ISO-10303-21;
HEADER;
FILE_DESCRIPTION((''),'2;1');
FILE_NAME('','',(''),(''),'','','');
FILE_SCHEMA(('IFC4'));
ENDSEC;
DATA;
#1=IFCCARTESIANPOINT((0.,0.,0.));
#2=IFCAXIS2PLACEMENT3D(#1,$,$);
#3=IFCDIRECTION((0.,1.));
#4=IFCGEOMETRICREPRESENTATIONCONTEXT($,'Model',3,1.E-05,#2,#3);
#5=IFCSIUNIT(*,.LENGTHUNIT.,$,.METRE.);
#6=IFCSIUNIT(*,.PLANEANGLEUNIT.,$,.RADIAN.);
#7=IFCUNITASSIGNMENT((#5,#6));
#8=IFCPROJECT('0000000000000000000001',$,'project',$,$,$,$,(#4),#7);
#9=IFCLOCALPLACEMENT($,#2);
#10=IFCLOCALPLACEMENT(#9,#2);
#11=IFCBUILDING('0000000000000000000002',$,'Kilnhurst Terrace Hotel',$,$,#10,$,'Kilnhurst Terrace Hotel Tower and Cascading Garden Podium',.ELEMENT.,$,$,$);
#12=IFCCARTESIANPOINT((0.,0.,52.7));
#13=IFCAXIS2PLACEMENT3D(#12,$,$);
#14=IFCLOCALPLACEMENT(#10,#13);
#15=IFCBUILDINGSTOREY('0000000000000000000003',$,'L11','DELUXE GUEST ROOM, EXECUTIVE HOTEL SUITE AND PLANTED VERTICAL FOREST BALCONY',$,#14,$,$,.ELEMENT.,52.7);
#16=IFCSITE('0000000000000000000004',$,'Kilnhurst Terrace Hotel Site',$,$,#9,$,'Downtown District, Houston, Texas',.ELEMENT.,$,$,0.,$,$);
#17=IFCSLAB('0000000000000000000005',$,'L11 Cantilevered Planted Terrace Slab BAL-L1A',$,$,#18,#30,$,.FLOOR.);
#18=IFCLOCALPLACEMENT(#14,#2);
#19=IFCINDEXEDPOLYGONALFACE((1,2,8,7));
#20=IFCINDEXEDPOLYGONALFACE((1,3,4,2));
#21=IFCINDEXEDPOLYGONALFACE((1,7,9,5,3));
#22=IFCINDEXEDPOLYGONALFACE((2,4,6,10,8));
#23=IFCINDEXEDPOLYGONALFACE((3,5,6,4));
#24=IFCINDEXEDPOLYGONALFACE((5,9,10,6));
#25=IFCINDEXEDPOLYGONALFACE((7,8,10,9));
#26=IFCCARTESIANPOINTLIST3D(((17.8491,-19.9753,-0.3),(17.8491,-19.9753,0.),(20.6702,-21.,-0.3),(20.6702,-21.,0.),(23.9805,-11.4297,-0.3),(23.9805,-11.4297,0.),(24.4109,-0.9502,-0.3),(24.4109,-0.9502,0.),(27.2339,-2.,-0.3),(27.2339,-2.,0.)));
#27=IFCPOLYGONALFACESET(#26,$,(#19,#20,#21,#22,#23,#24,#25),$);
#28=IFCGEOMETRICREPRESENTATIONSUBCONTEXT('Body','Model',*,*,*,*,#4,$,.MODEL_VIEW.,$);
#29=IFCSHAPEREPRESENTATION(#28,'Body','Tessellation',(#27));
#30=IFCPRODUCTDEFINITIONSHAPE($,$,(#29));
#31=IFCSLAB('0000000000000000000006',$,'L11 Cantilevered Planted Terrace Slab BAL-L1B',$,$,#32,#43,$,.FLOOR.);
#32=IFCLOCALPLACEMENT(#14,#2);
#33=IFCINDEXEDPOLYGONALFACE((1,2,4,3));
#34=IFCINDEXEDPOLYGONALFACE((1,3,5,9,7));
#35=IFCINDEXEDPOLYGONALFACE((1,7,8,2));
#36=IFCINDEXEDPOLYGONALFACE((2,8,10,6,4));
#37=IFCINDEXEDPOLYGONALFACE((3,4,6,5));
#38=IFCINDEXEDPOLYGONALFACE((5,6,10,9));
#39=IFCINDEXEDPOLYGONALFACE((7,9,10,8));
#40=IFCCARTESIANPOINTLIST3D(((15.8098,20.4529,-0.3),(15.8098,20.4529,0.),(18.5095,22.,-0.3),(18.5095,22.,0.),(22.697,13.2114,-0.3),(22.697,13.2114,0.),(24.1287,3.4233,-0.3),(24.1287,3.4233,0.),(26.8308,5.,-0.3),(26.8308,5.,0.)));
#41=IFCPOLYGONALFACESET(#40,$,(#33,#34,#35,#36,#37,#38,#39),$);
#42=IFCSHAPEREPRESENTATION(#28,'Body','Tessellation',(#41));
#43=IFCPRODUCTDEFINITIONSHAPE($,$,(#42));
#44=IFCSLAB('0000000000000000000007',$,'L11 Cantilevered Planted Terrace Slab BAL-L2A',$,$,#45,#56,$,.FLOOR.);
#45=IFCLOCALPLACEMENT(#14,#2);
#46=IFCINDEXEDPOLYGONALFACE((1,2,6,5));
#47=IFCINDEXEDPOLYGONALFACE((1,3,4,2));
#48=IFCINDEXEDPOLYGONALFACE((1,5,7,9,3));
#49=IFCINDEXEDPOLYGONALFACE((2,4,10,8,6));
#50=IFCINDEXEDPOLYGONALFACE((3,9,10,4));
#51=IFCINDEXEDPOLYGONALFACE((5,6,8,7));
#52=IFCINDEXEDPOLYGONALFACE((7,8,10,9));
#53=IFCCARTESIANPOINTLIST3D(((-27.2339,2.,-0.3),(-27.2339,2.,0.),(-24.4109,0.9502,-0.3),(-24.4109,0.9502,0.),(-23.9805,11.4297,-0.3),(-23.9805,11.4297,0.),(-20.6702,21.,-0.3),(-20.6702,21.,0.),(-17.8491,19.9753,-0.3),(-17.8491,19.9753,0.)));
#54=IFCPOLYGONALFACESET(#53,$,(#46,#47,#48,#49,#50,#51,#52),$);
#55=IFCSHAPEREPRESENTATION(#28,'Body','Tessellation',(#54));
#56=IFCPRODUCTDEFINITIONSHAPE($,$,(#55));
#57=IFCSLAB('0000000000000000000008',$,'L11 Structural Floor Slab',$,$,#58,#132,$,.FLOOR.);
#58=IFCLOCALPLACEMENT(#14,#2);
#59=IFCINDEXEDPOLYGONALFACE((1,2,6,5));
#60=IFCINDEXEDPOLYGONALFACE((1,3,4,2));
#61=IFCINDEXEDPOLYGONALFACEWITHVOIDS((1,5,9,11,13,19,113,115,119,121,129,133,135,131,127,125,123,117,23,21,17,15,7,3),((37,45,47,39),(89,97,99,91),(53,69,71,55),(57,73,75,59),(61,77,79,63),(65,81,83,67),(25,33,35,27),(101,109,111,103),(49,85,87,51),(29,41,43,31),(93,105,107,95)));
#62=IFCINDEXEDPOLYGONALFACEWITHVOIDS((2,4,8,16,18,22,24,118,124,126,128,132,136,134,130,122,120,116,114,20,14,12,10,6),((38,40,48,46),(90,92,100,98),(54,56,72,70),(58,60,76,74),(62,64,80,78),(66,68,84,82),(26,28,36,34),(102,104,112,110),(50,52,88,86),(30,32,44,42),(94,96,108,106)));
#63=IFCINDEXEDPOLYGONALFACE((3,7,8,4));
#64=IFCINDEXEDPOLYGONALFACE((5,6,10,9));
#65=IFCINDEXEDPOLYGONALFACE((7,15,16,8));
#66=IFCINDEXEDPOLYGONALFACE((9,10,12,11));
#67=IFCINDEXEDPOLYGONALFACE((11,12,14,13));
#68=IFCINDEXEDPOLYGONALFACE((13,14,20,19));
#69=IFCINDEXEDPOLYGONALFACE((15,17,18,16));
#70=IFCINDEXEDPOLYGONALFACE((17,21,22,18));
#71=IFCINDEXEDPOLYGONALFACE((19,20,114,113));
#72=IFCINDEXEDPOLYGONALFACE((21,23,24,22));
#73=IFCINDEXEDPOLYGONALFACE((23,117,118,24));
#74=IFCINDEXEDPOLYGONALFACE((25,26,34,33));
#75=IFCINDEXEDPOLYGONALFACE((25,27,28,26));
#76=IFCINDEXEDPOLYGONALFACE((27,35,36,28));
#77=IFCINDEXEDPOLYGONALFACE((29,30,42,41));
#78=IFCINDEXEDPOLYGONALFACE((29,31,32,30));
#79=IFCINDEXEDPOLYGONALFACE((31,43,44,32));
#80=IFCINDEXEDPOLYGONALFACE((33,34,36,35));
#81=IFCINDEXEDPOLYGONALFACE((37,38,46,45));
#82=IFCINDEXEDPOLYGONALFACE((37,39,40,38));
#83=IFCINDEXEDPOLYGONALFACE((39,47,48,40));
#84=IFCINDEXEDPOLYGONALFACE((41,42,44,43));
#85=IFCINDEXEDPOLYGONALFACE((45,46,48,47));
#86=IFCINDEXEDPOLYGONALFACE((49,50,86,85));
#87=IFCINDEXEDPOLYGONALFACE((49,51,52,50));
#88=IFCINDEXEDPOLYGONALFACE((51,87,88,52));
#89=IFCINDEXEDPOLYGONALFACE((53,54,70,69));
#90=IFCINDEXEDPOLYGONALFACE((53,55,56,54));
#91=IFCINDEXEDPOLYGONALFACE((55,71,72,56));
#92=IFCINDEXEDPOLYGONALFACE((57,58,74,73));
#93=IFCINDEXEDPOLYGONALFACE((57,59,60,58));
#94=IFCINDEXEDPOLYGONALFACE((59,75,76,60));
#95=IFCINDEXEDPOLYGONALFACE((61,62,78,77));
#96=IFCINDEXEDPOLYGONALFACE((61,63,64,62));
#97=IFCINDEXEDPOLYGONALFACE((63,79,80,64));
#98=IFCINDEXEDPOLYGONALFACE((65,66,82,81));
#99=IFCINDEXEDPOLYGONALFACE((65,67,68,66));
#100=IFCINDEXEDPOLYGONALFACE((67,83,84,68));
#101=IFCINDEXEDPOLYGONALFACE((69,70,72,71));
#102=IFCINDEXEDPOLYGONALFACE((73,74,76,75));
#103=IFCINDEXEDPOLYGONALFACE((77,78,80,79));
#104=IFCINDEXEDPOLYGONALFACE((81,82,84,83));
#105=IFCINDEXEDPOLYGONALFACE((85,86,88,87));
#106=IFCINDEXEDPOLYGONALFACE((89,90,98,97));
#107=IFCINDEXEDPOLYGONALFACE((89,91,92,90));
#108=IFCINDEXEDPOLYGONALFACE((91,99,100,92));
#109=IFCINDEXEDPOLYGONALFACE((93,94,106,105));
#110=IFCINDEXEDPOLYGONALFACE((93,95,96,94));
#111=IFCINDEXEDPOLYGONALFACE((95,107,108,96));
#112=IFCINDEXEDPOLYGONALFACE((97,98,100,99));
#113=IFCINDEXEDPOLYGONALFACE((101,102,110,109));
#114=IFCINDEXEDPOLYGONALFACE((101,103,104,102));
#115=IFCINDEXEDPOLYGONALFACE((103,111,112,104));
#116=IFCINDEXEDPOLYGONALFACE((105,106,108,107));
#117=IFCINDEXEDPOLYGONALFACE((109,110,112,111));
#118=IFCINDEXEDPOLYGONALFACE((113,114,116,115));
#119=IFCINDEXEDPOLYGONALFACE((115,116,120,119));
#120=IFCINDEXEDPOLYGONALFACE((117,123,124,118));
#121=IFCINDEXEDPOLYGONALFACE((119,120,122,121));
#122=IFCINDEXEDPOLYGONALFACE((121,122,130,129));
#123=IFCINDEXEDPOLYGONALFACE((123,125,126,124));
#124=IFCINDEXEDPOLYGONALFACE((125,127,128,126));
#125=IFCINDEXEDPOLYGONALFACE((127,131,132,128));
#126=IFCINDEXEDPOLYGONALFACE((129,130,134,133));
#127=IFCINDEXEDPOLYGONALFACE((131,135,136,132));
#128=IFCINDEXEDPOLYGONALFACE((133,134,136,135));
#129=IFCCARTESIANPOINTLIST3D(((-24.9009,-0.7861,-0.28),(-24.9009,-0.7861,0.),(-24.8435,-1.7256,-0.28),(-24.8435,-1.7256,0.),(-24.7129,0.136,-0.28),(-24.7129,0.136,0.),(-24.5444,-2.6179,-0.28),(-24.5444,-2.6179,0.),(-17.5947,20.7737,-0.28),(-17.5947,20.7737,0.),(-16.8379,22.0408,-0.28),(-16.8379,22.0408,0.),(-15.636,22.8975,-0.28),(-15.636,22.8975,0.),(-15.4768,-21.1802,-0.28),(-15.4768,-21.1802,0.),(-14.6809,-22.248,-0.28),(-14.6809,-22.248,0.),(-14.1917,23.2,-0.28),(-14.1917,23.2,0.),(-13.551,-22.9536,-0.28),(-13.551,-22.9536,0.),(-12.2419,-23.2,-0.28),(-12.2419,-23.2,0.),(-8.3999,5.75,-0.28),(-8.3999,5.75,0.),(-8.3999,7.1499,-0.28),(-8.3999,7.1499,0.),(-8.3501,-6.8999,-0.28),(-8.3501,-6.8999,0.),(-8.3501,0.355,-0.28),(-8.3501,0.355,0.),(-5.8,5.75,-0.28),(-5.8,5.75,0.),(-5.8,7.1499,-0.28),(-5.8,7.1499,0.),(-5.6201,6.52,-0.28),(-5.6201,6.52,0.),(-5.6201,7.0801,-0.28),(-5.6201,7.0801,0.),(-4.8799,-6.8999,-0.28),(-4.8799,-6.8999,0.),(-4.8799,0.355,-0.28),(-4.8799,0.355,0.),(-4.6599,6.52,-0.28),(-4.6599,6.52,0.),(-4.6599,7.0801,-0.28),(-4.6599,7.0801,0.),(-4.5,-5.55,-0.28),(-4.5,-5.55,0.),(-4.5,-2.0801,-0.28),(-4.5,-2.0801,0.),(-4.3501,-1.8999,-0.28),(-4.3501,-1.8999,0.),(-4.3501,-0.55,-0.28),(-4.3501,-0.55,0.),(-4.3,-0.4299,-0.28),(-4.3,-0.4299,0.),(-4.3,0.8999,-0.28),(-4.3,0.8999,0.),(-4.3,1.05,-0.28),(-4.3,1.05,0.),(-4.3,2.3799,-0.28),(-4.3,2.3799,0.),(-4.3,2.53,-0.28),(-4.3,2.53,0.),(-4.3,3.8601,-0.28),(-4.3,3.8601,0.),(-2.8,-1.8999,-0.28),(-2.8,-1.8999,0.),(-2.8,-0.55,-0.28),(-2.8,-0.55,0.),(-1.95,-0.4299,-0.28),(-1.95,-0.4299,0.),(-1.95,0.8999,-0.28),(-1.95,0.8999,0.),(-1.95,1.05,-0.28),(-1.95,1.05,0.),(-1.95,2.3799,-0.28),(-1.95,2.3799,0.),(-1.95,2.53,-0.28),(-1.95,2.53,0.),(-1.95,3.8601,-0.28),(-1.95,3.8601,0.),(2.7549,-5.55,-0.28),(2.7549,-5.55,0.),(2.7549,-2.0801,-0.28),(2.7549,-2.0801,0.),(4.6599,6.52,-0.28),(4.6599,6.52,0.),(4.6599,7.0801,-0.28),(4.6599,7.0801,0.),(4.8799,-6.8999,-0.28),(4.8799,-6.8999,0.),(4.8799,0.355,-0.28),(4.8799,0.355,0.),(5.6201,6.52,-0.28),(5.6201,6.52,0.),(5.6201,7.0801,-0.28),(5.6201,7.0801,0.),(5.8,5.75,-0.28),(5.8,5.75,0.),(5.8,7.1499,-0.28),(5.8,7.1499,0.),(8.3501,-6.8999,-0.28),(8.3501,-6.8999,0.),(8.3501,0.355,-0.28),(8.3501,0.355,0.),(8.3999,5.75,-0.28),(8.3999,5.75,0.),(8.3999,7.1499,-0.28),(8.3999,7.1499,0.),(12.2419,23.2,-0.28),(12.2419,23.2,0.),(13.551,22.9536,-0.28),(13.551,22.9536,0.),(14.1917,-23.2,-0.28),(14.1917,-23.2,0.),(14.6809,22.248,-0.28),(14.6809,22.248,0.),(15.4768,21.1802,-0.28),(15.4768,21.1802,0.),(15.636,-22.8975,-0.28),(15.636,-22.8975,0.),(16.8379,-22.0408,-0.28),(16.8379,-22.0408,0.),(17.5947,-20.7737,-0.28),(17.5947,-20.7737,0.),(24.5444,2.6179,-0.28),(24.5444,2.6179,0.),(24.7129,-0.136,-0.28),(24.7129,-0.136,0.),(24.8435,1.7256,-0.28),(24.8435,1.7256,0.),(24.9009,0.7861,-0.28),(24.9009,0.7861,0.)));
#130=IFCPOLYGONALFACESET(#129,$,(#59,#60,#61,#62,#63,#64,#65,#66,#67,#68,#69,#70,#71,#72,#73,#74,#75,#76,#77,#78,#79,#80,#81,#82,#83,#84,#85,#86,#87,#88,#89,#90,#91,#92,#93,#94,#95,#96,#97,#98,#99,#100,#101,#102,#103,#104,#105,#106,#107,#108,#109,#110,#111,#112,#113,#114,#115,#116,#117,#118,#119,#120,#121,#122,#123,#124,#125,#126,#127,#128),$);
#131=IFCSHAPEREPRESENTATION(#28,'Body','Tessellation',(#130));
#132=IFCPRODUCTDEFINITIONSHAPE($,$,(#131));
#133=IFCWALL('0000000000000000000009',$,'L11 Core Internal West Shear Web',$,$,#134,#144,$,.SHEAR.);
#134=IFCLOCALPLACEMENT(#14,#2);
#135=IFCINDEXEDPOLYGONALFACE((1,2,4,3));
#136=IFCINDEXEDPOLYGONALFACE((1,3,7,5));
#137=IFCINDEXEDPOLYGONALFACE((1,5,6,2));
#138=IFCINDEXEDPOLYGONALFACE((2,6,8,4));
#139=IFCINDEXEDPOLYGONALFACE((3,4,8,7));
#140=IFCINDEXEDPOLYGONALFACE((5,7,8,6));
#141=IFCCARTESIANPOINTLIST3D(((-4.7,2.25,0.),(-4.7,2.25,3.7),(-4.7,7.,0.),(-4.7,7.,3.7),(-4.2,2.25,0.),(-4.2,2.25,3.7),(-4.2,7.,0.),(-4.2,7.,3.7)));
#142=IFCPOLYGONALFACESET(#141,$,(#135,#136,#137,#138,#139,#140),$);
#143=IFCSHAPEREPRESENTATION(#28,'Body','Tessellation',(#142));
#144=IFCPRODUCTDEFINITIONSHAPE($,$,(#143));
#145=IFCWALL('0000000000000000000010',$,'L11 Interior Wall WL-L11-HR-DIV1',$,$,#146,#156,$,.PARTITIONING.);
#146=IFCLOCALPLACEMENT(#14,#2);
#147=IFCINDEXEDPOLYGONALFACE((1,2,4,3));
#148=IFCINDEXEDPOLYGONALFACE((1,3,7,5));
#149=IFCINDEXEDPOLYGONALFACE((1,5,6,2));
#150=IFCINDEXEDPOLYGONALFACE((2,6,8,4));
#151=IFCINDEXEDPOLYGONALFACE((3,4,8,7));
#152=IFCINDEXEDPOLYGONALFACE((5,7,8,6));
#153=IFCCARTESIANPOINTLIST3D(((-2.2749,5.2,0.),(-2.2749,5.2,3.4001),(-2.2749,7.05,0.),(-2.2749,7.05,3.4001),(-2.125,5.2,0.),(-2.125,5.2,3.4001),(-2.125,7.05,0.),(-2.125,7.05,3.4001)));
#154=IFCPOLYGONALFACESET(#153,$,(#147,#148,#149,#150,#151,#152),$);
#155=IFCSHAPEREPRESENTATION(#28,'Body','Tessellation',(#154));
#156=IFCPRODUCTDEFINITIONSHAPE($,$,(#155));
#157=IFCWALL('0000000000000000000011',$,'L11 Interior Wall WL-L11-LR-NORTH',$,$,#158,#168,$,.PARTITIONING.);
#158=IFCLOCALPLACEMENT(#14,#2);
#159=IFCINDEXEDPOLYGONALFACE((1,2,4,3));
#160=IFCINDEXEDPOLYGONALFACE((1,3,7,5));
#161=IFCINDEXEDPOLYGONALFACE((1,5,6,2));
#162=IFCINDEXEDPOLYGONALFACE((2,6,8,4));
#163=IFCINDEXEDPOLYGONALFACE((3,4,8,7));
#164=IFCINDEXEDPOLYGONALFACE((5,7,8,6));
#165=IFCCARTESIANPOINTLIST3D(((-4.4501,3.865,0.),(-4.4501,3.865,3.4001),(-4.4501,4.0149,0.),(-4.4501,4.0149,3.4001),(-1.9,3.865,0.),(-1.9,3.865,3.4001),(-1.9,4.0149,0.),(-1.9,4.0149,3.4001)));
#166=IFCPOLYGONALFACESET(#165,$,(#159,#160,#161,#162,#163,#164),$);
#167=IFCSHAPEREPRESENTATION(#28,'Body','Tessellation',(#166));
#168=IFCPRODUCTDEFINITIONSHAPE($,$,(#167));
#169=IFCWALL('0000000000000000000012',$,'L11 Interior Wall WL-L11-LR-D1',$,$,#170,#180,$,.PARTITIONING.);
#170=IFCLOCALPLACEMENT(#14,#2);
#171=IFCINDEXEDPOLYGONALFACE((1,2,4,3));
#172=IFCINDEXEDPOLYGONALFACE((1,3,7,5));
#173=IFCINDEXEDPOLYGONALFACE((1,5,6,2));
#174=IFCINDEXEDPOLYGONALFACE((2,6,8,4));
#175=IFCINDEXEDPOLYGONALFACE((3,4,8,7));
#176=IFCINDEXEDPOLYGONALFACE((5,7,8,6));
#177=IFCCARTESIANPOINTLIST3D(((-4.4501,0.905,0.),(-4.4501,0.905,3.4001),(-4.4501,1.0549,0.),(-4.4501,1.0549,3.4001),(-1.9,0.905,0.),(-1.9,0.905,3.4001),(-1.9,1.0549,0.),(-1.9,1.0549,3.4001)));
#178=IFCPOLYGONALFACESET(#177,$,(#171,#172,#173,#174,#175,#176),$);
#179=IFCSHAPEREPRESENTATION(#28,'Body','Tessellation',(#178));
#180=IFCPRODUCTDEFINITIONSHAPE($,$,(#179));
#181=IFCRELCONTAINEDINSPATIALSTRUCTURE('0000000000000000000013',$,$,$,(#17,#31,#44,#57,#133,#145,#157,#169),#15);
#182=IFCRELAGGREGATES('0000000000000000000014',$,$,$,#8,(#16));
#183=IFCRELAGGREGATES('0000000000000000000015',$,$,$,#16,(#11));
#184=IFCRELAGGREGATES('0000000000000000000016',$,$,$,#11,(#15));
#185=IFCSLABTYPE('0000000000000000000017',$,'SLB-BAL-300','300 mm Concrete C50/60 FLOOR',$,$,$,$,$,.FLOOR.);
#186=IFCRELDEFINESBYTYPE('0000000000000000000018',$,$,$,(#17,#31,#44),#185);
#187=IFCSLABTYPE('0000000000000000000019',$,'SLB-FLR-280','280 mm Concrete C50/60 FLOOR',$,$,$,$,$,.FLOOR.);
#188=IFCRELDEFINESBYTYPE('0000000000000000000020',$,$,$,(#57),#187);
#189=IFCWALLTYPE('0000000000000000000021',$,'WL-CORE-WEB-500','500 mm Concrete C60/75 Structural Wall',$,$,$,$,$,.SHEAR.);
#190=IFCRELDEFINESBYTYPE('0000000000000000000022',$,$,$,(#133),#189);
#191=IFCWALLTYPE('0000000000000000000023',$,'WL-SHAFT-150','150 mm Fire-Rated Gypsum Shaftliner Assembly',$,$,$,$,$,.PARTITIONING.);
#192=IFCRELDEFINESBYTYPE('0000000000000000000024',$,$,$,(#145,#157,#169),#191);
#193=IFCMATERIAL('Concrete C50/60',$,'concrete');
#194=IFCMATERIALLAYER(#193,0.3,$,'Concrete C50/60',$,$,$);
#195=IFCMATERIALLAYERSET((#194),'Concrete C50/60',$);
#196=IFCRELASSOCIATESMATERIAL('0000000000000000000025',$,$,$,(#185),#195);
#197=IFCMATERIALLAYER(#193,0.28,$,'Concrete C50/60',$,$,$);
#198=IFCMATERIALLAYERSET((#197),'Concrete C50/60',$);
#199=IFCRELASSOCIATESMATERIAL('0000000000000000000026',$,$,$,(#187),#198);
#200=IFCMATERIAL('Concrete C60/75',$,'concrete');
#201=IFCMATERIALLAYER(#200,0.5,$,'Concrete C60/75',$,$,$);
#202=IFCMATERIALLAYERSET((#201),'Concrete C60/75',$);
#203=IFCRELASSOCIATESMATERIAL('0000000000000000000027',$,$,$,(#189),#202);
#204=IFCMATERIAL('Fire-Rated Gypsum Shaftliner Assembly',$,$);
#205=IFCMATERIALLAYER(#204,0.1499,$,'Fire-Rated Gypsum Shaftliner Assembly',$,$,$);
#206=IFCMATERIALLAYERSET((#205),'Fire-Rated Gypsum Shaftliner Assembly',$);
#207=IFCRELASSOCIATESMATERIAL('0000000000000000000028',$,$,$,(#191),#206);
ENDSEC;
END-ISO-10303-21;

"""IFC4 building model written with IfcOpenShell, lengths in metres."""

from ifc_helpers import new_model, si_unit, direction, frame, frame_2d, origin, place, context, subcontext, project, spatial, polyline, rectangle, outline, extrude, material, layer, layer_set, type_object, element, save


model = new_model("IFC4")

# Units and contexts
model_context = context("Model", 3, precision=1e-05, world=origin(), true_north=direction((0.0, 1.0)))
body_context = subcontext(model_context, "Body", "Model", "MODEL_VIEW")
ifc_project = project(units=[si_unit("LENGTHUNIT", "METRE"), si_unit("PLANEANGLEUNIT", "RADIAN")], contexts=[model_context])

# Site, building, storey
site_placement = place(None, origin())
site = spatial("IfcSite", under=ifc_project, at=site_placement, Name="Kilnhurst Terrace Hotel Site", LongName="Downtown District, Houston, Texas", CompositionType="ELEMENT", RefElevation=0.0)
building_placement = place(site_placement, origin())
building = spatial("IfcBuilding", under=site, at=building_placement, Name="Kilnhurst Terrace Hotel", LongName="Kilnhurst Terrace Hotel Tower and Cascading Garden Podium", CompositionType="ELEMENT")
storey_placement = place(building_placement, frame((0.0, 0.0, 52.7)))
storey = spatial("IfcBuildingStorey", under=building, at=storey_placement, Name="L11", Description="DELUXE GUEST ROOM, EXECUTIVE HOTEL SUITE AND PLANTED VERTICAL FOREST BALCONY", CompositionType="ELEMENT", Elevation=52.7)

# Slabs
ifc_material_1 = material(Name="Concrete C50/60", Category="concrete")
ifc_layer_1 = layer(ifc_material_1, 0.3, Name="Concrete C50/60")
ifc_layer_set_1 = layer_set([ifc_layer_1], Name="Concrete C50/60")
slab_type_1 = type_object("IfcSlabType", Name="SLB-BAL-300", Description="300 mm Concrete C50/60 FLOOR", PredefinedType="FLOOR", material=ifc_layer_set_1)
slab_1_placement = place(storey_placement, frame((0.0, 0.0, -0.3)))
element("IfcSlab", 1, at=slab_1_placement, inside=storey, type_object=slab_type_1, Name="L11 Cantilevered Planted Terrace Slab BAL-L1A", PredefinedType="FLOOR", context=body_context, shape_type="SweptSolid", body=[
    extrude(outline(polyline([(23.9805, -11.4297), (20.6702, -21.0), (17.8491, -19.9753), (24.4109, -0.9502), (27.2339, -2.0), (23.9805, -11.4297)])), origin(), (0.0, 0.0, 1.0), 0.3),
])
slab_2_placement = place(storey_placement, frame((0.0, 0.0, -0.3)))
element("IfcSlab", 2, at=slab_2_placement, inside=storey, type_object=slab_type_1, Name="L11 Cantilevered Planted Terrace Slab BAL-L1B", PredefinedType="FLOOR", context=body_context, shape_type="SweptSolid", body=[
    extrude(outline(polyline([(26.8308, 5.0), (24.1287, 3.4233), (15.8098, 20.4529), (18.5095, 22.0), (22.697, 13.2114), (26.8308, 5.0)])), origin(), (0.0, 0.0, 1.0), 0.3),
])
slab_3_placement = place(storey_placement, frame((0.0, 0.0, -0.3)))
element("IfcSlab", 3, at=slab_3_placement, inside=storey, type_object=slab_type_1, Name="L11 Cantilevered Planted Terrace Slab BAL-L2A", PredefinedType="FLOOR", context=body_context, shape_type="SweptSolid", body=[
    extrude(outline(polyline([(-20.6702, 21.0), (-17.8491, 19.9753), (-24.4109, 0.9502), (-27.2339, 2.0), (-23.9805, 11.4297), (-20.6702, 21.0)])), origin(), (0.0, 0.0, 1.0), 0.3),
])
ifc_layer_2 = layer(ifc_material_1, 0.28, Name="Concrete C50/60")
ifc_layer_set_2 = layer_set([ifc_layer_2], Name="Concrete C50/60")
slab_type_2 = type_object("IfcSlabType", Name="SLB-FLR-280", Description="280 mm Concrete C50/60 FLOOR", PredefinedType="FLOOR", material=ifc_layer_set_2)
slab_4_placement = place(storey_placement, frame((0.0, 0.0, -0.28)))
element("IfcSlab", 4, at=slab_4_placement, inside=storey, type_object=slab_type_2, Name="L11 Structural Floor Slab", PredefinedType="FLOOR", context=body_context, shape_type="SweptSolid", body=[
    extrude(outline(polyline([(-15.4768, -21.1802), (-14.6809, -22.248), (-13.551, -22.9536), (-12.2419, -23.2), (14.1917, -23.2), (15.636, -22.8975), (16.8379, -22.0408), (17.5947, -20.7737), (24.7129, -0.136), (24.9009, 0.7861), (24.8435, 1.7256), (24.5444, 2.6179), (15.4768, 21.1802), (14.6809, 22.248), (13.551, 22.9536), (12.2419, 23.2), (-14.1917, 23.2), (-15.636, 22.8975), (-16.8379, 22.0408), (-17.5947, 20.7737), (-24.7129, 0.136), (-24.9009, -0.7861), (-24.8435, -1.7256), (-24.5444, -2.6179), (-15.4768, -21.1802)]), holes=[polyline([(-8.3501, 0.355), (-4.8799, 0.355), (-4.8799, -6.8999), (-8.3501, -6.8999), (-8.3501, 0.355)]), polyline([(-2.8, -1.8999), (-4.3501, -1.8999), (-4.3501, -0.55), (-2.8, -0.55), (-2.8, -1.8999)]), polyline([(-1.95, -0.4299), (-4.3, -0.4299), (-4.3, 0.8999), (-1.95, 0.8999), (-1.95, -0.4299)]), polyline([(-4.3, 1.05), (-4.3, 2.3799), (-1.95, 2.3799), (-1.95, 1.05), (-4.3, 1.05)]), polyline([(-8.3999, 5.75), (-8.3999, 7.1499), (-5.8, 7.1499), (-5.8, 5.75), (-8.3999, 5.75)]), polyline([(-4.6599, 6.52), (-5.6201, 6.52), (-5.6201, 7.0801), (-4.6599, 7.0801), (-4.6599, 6.52)]), polyline([(2.7549, -5.55), (-4.5, -5.55), (-4.5, -2.0801), (2.7549, -2.0801), (2.7549, -5.55)]), polyline([(8.3501, 0.355), (8.3501, -6.8999), (4.8799, -6.8999), (4.8799, 0.355), (8.3501, 0.355)]), polyline([(-1.95, 2.53), (-4.3, 2.53), (-4.3, 3.8601), (-1.95, 3.8601), (-1.95, 2.53)]), polyline([(5.8, 5.75), (5.8, 7.1499), (8.3999, 7.1499), (8.3999, 5.75), (5.8, 5.75)]), polyline([(4.6599, 6.52), (4.6599, 7.0801), (5.6201, 7.0801), (5.6201, 6.52), (4.6599, 6.52)])]), origin(), (0.0, 0.0, 1.0), 0.28),
])

# Walls
ifc_material_2 = material(Name="Concrete C60/75", Category="concrete")
ifc_layer_3 = layer(ifc_material_2, 0.5, Name="Concrete C60/75")
ifc_layer_set_3 = layer_set([ifc_layer_3], Name="Concrete C60/75")
wall_type_1 = type_object("IfcWallType", Name="WL-CORE-WEB-500", Description="500 mm Concrete C60/75 Structural Wall", PredefinedType="SHEAR", material=ifc_layer_set_3)
wall_1_placement = place(storey_placement, frame((-4.45, 2.25, 0.0), z_axis=(0.0, 0.0, 1.0), x_axis=(0.0, 1.0, 0.0)))
element("IfcWall", 5, at=wall_1_placement, inside=storey, type_object=wall_type_1, Name="L11 Core Internal West Shear Web", PredefinedType="SHEAR", context=body_context, shape_type="SweptSolid", body=[
    extrude(rectangle(XDim=4.75, YDim=0.5, at=frame_2d((2.375, 0.0))), origin(), (0.0, 0.0, 1.0), 3.7),
])
ifc_material_3 = material(Name="Fire-Rated Gypsum Shaftliner Assembly")
ifc_layer_4 = layer(ifc_material_3, 0.1499, Name="Fire-Rated Gypsum Shaftliner Assembly")
ifc_layer_set_4 = layer_set([ifc_layer_4], Name="Fire-Rated Gypsum Shaftliner Assembly")
wall_type_2 = type_object("IfcWallType", Name="WL-SHAFT-150", Description="150 mm Fire-Rated Gypsum Shaftliner Assembly", PredefinedType="PARTITIONING", material=ifc_layer_set_4)
wall_2_placement = place(storey_placement, frame((-2.2, 5.2, 0.0), z_axis=(0.0, 0.0, 1.0), x_axis=(0.0, 1.0, 0.0)))
element("IfcWall", 6, at=wall_2_placement, inside=storey, type_object=wall_type_2, Name="L11 Interior Wall WL-L11-HR-DIV1", PredefinedType="PARTITIONING", context=body_context, shape_type="SweptSolid", body=[
    extrude(rectangle(XDim=1.8501, YDim=0.1499, at=frame_2d((0.925, 0.0))), origin(), (0.0, 0.0, 1.0), 3.4001),
])
for number, where, z_axis, x_axis, name in (
    (7, (-4.45, 3.9399, 0.0), (0.0, 0.0, 1.0), (1.0, 0.0, 0.0), "L11 Interior Wall WL-L11-LR-NORTH"),
    (8, (-4.45, 0.98, 0.0), (0.0, 0.0, 1.0), (1.0, 0.0, 0.0), "L11 Interior Wall WL-L11-LR-D1"),
):
    element("IfcWall", number, at=place(storey_placement, frame(where, z_axis=z_axis, x_axis=x_axis)), inside=storey, type_object=wall_type_2, Name=name, PredefinedType="PARTITIONING", context=body_context, shape_type="SweptSolid", body=[
        extrude(rectangle(XDim=2.55, YDim=0.1499, at=frame_2d((1.2749, 0.0))), origin(), (0.0, 0.0, 1.0), 3.4001),
    ])

save(model, "model.ifc")
